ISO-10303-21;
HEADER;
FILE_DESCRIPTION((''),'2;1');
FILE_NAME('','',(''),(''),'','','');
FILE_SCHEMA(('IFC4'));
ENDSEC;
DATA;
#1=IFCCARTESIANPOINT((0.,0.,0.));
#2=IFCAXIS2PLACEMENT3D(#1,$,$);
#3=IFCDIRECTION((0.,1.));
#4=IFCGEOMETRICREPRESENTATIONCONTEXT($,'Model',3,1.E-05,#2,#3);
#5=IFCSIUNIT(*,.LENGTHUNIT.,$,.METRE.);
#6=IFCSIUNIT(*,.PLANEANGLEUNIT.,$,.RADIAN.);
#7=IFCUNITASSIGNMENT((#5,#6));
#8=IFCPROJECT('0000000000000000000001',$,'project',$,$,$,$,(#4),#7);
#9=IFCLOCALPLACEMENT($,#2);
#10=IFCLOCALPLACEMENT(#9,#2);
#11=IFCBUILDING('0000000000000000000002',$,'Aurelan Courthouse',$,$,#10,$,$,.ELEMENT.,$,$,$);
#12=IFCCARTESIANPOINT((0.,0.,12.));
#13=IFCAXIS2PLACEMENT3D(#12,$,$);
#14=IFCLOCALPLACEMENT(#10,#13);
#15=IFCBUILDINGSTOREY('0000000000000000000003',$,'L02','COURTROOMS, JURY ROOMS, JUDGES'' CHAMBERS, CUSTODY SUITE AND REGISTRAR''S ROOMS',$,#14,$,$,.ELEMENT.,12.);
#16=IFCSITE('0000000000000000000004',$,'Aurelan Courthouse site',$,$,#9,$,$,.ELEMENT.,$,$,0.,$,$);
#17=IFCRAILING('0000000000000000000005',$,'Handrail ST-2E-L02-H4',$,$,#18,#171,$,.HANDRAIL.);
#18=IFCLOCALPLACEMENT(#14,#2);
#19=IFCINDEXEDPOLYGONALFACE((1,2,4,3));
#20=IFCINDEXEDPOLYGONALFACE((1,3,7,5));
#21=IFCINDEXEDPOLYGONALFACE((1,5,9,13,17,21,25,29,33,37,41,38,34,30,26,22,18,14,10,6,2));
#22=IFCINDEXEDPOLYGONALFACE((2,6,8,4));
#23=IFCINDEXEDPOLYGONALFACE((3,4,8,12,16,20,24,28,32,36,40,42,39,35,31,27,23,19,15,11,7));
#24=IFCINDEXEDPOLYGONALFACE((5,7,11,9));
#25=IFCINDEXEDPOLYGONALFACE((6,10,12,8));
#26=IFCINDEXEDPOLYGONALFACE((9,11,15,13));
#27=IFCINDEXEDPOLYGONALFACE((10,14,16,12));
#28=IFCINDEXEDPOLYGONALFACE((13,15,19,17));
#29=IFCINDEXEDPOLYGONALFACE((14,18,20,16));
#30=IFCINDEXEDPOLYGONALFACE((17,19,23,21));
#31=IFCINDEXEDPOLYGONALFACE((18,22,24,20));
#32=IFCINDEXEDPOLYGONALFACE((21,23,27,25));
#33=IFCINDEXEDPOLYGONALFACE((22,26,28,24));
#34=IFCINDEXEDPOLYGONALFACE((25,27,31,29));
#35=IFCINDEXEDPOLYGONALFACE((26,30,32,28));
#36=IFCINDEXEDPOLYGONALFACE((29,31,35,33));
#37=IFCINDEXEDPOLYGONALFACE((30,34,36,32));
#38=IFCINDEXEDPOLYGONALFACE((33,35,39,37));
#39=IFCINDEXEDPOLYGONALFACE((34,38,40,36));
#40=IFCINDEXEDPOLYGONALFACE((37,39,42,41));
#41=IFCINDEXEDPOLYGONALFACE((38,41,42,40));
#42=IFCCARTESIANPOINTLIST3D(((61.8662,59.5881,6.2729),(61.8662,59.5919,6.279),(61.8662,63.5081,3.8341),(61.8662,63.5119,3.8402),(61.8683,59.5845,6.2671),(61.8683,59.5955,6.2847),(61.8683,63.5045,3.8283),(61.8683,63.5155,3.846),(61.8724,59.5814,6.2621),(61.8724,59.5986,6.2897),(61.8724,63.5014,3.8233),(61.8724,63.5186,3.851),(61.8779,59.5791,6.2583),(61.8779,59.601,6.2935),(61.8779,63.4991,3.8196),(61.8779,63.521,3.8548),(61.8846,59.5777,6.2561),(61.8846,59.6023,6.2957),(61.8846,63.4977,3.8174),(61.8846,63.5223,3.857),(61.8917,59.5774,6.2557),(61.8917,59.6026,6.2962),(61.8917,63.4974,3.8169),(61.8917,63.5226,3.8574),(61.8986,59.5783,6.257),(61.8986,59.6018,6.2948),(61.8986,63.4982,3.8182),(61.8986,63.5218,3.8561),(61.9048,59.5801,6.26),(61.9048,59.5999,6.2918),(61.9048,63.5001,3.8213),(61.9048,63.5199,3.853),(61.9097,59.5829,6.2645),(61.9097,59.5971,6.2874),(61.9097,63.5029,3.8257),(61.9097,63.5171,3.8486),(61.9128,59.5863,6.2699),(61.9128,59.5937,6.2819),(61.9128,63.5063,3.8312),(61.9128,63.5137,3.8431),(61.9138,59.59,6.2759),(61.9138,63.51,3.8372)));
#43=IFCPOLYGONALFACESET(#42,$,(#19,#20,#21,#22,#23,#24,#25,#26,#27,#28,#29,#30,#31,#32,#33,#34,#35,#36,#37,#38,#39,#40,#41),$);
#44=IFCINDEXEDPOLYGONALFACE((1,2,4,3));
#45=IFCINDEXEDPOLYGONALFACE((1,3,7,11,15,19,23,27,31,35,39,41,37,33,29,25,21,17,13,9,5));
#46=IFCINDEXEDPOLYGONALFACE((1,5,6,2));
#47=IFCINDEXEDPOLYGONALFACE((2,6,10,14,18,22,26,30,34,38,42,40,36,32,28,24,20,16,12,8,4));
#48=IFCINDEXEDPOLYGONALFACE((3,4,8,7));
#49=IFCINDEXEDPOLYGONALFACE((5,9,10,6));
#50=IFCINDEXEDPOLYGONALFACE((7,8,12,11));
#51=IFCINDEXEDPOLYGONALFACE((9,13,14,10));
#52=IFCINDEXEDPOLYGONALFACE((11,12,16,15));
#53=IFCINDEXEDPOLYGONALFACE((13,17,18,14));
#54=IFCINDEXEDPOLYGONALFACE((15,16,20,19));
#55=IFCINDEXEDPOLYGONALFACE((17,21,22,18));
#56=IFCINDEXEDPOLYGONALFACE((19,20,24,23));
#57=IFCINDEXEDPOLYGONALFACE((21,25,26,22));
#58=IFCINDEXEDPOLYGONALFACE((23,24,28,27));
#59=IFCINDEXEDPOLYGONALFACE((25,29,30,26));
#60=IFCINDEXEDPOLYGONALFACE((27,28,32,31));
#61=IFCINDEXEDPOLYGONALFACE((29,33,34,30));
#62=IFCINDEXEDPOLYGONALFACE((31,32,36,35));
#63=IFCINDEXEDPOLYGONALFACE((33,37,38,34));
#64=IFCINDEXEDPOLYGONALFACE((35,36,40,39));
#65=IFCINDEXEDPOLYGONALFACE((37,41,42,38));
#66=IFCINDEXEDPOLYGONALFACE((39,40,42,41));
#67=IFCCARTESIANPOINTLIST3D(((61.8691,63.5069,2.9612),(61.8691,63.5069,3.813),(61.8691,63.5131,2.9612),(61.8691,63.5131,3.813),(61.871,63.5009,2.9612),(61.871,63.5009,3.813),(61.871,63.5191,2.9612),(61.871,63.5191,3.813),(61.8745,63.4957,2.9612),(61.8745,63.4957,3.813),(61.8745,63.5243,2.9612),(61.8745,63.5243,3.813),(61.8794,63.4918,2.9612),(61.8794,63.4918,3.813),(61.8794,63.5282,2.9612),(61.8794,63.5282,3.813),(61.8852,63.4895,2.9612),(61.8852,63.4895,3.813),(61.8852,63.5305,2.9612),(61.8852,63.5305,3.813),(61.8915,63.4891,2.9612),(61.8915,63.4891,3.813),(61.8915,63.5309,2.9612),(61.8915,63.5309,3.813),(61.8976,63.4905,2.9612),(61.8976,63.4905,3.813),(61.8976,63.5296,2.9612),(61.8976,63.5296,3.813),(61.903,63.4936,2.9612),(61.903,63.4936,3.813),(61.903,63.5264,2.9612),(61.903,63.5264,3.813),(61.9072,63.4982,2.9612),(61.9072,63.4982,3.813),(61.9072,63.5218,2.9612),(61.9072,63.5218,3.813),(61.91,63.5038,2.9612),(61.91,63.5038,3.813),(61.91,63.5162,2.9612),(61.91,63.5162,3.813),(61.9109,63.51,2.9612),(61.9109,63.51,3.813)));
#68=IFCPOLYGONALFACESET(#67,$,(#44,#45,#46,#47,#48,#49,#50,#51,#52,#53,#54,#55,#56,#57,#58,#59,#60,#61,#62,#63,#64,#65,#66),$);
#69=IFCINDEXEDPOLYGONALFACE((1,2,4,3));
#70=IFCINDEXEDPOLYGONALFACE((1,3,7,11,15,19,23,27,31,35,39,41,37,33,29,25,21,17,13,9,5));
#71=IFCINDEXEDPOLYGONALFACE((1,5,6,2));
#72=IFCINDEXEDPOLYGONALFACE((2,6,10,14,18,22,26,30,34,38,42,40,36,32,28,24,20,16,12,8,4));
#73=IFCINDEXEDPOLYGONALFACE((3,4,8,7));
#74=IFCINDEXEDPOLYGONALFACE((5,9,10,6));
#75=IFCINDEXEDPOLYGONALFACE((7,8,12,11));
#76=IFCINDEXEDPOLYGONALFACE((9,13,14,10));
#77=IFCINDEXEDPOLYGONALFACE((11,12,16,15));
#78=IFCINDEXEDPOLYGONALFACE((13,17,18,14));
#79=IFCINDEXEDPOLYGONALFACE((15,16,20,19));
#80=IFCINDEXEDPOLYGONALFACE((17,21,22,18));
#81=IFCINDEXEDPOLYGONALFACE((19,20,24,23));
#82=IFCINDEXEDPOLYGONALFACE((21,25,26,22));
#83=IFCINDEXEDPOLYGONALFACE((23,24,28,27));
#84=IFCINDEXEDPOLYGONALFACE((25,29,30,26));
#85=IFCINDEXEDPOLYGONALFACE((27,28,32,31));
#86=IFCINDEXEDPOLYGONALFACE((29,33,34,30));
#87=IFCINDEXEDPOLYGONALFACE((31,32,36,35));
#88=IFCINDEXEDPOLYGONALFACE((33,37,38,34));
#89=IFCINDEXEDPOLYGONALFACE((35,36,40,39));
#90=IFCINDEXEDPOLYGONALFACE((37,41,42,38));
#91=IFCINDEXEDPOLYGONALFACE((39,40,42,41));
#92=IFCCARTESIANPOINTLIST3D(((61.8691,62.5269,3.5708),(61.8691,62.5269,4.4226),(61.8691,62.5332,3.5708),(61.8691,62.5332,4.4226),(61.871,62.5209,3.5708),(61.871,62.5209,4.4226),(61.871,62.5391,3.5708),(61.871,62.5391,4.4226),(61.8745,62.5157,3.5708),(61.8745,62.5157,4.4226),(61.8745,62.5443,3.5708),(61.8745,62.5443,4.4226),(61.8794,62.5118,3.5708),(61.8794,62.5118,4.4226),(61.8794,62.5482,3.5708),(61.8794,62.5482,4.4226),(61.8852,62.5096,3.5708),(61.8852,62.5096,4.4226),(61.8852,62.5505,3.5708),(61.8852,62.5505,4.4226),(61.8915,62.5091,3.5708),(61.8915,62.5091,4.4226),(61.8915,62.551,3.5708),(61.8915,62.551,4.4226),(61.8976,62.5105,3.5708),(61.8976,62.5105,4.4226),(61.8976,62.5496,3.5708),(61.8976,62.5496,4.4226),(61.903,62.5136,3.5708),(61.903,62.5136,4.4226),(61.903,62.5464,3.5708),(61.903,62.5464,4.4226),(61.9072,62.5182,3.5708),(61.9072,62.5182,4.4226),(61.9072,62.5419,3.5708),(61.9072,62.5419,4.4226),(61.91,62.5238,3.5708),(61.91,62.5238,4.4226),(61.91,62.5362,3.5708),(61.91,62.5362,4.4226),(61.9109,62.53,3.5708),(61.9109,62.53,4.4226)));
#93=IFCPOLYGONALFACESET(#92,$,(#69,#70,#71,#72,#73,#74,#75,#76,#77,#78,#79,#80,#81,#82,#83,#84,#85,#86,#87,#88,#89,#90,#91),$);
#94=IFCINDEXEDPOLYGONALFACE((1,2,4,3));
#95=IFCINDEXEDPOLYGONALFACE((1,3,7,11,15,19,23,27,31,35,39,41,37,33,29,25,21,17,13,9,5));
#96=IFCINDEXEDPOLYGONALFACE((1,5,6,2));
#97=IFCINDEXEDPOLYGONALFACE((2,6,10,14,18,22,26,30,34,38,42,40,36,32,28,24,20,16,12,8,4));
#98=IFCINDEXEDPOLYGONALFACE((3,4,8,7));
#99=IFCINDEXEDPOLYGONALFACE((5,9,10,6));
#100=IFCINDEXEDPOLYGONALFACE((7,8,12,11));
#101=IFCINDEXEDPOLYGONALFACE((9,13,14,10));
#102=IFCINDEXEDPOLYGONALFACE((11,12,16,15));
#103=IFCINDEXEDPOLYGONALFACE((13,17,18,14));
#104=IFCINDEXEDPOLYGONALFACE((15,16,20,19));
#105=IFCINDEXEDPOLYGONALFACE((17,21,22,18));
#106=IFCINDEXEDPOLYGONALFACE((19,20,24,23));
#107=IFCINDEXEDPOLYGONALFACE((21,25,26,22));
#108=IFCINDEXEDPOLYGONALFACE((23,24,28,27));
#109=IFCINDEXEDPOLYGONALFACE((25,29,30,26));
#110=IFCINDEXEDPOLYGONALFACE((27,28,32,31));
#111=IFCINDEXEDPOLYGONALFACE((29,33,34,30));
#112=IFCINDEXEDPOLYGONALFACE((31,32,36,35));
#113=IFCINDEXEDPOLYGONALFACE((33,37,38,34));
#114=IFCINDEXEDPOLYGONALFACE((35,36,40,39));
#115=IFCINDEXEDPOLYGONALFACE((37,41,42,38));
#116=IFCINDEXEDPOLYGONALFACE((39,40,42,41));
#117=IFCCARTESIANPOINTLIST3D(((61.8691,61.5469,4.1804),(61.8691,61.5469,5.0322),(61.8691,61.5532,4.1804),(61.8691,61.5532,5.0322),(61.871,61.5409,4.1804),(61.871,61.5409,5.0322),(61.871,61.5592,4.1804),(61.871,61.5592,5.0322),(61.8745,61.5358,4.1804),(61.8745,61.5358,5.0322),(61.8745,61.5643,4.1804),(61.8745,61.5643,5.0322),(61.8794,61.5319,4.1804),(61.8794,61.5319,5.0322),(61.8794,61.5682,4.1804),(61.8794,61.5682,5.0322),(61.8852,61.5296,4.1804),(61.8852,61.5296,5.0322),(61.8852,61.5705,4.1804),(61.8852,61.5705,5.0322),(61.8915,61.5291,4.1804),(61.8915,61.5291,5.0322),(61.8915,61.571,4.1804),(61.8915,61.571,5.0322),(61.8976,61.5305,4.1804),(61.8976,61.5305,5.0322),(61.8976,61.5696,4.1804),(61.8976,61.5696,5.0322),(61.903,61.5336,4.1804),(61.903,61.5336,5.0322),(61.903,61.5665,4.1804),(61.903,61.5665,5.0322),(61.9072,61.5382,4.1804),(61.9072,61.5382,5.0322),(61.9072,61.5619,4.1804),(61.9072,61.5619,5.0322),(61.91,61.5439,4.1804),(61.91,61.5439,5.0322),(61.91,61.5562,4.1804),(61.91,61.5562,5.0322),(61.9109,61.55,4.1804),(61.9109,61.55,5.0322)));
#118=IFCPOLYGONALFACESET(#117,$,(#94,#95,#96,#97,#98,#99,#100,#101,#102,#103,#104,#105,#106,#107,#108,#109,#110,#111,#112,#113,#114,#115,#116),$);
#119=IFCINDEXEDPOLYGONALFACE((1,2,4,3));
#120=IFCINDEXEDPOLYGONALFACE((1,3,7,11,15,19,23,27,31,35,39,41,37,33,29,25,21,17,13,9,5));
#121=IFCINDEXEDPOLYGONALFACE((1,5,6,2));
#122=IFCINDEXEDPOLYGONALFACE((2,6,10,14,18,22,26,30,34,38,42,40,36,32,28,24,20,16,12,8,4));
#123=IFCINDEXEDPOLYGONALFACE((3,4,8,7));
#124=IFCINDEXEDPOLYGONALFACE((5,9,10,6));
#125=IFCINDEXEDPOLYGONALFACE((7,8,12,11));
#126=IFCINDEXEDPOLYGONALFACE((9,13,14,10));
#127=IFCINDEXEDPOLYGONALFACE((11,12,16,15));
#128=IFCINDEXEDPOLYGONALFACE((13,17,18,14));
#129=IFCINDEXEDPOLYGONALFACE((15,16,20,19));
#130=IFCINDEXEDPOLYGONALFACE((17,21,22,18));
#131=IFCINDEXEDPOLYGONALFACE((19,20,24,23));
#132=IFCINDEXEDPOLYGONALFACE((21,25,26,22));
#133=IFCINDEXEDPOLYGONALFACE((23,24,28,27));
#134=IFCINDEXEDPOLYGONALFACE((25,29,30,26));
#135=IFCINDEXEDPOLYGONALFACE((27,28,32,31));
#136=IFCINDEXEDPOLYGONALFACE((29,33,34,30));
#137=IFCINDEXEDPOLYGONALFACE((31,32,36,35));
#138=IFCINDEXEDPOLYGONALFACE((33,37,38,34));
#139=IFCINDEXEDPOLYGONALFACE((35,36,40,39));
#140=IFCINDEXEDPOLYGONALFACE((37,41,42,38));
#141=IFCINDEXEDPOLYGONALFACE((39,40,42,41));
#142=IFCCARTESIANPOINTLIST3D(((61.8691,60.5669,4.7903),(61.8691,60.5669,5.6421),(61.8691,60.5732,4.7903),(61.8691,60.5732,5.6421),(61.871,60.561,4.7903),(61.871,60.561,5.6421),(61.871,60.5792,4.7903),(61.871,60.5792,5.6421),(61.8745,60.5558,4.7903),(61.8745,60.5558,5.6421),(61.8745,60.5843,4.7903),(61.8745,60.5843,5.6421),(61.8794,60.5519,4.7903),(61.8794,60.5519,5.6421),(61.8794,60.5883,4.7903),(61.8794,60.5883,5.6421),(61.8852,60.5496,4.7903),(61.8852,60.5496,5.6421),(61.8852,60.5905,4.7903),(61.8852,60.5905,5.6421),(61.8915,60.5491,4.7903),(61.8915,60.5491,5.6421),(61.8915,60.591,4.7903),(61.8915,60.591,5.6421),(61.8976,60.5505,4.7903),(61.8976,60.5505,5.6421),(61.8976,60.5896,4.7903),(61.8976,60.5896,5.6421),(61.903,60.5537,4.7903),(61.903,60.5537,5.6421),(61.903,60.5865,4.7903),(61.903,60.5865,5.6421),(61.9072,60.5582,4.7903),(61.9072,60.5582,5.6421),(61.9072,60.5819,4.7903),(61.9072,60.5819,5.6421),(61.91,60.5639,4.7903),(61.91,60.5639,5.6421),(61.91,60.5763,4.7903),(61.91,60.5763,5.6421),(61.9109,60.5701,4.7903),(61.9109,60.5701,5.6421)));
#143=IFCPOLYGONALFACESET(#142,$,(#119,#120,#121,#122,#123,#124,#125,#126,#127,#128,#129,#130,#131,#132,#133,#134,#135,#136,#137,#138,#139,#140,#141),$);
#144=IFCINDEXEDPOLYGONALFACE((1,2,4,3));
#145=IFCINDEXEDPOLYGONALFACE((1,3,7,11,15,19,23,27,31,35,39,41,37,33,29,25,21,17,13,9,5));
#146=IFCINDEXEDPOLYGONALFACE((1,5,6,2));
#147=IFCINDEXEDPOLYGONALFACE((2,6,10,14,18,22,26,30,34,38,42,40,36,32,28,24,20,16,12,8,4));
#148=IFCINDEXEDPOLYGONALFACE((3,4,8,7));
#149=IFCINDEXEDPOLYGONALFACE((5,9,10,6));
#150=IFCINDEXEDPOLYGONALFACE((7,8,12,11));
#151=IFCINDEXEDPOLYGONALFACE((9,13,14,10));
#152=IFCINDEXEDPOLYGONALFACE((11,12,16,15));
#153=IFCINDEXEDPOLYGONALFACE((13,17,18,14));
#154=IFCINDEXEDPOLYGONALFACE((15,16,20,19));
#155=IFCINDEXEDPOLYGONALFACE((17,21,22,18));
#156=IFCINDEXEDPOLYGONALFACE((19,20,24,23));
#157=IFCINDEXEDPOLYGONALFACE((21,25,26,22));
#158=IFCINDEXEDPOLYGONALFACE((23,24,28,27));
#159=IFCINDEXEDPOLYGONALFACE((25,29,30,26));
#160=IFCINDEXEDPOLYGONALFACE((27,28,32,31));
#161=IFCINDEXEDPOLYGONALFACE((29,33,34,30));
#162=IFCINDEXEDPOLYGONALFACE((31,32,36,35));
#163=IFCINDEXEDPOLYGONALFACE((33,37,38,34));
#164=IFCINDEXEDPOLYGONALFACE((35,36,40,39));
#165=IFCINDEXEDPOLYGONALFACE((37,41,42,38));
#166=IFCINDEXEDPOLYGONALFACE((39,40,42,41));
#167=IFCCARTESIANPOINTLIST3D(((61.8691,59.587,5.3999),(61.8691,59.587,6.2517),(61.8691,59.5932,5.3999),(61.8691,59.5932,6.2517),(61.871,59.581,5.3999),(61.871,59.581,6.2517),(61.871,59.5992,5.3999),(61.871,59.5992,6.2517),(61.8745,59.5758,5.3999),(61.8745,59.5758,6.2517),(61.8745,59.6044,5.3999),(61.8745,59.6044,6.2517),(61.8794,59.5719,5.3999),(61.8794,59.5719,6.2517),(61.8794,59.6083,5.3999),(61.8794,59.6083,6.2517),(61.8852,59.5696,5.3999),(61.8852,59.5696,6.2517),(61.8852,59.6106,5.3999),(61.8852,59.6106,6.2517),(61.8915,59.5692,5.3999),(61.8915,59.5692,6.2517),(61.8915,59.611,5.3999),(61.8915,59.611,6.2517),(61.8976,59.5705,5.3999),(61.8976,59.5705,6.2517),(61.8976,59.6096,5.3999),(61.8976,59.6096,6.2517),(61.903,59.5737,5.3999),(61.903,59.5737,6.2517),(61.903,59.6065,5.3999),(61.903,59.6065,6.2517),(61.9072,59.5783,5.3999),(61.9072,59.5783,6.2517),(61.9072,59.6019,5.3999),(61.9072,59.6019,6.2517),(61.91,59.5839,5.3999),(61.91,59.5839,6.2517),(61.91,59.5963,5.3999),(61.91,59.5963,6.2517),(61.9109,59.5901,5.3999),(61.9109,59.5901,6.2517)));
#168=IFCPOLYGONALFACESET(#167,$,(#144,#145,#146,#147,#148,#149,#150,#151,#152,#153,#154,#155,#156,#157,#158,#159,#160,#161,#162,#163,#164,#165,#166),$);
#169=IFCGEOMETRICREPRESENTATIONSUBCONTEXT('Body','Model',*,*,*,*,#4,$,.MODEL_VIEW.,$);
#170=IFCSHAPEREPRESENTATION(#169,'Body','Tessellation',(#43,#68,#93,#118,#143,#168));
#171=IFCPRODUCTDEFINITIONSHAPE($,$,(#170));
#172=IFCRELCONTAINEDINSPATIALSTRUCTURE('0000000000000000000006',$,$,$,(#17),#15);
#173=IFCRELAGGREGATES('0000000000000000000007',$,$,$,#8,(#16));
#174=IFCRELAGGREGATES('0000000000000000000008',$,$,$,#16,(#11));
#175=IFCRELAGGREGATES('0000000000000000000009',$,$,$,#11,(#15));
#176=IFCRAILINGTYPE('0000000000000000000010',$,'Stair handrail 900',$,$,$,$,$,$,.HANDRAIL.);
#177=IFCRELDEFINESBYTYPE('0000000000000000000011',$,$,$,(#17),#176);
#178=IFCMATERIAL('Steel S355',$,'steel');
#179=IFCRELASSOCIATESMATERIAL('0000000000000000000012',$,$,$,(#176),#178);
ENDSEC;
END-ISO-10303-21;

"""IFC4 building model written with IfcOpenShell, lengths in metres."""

from ifc_helpers import new_model, si_unit, direction, frame, origin, origin_2d, place, context, subcontext, project, spatial, circle, extrude, material, type_object, element, save


model = new_model("IFC4")

# Units and contexts
model_context = context("Model", 3, precision=1e-05, world=origin(), true_north=direction((0.0, 1.0)))
body_context = subcontext(model_context, "Body", "Model", "MODEL_VIEW")
ifc_project = project(units=[si_unit("LENGTHUNIT", "METRE"), si_unit("PLANEANGLEUNIT", "RADIAN")], contexts=[model_context])

# Site, building, storey
site_placement = place(None, origin())
site = spatial("IfcSite", under=ifc_project, at=site_placement, Name="Aurelan Courthouse site", CompositionType="ELEMENT", RefElevation=0.0)
building_placement = place(site_placement, origin())
building = spatial("IfcBuilding", under=site, at=building_placement, Name="Aurelan Courthouse", CompositionType="ELEMENT")
storey_placement = place(building_placement, frame((0.0, 0.0, 12.0)))
storey = spatial("IfcBuildingStorey", under=building, at=storey_placement, Name="L02", Description="COURTROOMS, JURY ROOMS, JUDGES' CHAMBERS, CUSTODY SUITE AND REGISTRAR'S ROOMS", CompositionType="ELEMENT", Elevation=12.0)

# Railing
ifc_material_1 = material(Name="Steel S355", Category="steel")
railing_type_1 = type_object("IfcRailingType", Name="Stair handrail 900", PredefinedType="HANDRAIL", material=ifc_material_1)
for number, where, name in (
    (1, (61.8899, 63.51, 2.9612), "Handrail ST-2E-L02-H4"),
):
    element("IfcRailing", number, at=place(storey_placement, frame(where)), inside=storey, type_object=railing_type_1, Name=name, PredefinedType="HANDRAIL", context=body_context, shape_type="SweptSolid", body=[
        extrude(circle(Radius=0.0239, at=origin_2d()), frame((0.0, 0.0, 0.876), z_axis=(0.0, -0.84909, 0.528249), x_axis=(1.0, 0.0, 0.0)), (0.0, 0.0, 1.0), 4.6167),
        extrude(circle(Radius=0.021, at=origin_2d()), origin(), (0.0, 0.0, 1.0), 0.8518),
        extrude(circle(Radius=0.021, at=origin_2d()), frame((0.0, -0.98, 0.6096)), (0.0, 0.0, 1.0), 0.8518),
        extrude(circle(Radius=0.021, at=origin_2d()), frame((0.0, -1.96, 1.2192)), (0.0, 0.0, 1.0), 0.8518),
        extrude(circle(Radius=0.021, at=origin_2d()), frame((0.0, -2.9399, 1.8291)), (0.0, 0.0, 1.0), 0.8518),
        extrude(circle(Radius=0.021, at=origin_2d()), frame((0.0, -3.9199, 2.4387)), (0.0, 0.0, 1.0), 0.8518),
    ])

save(model, "model.ifc")
